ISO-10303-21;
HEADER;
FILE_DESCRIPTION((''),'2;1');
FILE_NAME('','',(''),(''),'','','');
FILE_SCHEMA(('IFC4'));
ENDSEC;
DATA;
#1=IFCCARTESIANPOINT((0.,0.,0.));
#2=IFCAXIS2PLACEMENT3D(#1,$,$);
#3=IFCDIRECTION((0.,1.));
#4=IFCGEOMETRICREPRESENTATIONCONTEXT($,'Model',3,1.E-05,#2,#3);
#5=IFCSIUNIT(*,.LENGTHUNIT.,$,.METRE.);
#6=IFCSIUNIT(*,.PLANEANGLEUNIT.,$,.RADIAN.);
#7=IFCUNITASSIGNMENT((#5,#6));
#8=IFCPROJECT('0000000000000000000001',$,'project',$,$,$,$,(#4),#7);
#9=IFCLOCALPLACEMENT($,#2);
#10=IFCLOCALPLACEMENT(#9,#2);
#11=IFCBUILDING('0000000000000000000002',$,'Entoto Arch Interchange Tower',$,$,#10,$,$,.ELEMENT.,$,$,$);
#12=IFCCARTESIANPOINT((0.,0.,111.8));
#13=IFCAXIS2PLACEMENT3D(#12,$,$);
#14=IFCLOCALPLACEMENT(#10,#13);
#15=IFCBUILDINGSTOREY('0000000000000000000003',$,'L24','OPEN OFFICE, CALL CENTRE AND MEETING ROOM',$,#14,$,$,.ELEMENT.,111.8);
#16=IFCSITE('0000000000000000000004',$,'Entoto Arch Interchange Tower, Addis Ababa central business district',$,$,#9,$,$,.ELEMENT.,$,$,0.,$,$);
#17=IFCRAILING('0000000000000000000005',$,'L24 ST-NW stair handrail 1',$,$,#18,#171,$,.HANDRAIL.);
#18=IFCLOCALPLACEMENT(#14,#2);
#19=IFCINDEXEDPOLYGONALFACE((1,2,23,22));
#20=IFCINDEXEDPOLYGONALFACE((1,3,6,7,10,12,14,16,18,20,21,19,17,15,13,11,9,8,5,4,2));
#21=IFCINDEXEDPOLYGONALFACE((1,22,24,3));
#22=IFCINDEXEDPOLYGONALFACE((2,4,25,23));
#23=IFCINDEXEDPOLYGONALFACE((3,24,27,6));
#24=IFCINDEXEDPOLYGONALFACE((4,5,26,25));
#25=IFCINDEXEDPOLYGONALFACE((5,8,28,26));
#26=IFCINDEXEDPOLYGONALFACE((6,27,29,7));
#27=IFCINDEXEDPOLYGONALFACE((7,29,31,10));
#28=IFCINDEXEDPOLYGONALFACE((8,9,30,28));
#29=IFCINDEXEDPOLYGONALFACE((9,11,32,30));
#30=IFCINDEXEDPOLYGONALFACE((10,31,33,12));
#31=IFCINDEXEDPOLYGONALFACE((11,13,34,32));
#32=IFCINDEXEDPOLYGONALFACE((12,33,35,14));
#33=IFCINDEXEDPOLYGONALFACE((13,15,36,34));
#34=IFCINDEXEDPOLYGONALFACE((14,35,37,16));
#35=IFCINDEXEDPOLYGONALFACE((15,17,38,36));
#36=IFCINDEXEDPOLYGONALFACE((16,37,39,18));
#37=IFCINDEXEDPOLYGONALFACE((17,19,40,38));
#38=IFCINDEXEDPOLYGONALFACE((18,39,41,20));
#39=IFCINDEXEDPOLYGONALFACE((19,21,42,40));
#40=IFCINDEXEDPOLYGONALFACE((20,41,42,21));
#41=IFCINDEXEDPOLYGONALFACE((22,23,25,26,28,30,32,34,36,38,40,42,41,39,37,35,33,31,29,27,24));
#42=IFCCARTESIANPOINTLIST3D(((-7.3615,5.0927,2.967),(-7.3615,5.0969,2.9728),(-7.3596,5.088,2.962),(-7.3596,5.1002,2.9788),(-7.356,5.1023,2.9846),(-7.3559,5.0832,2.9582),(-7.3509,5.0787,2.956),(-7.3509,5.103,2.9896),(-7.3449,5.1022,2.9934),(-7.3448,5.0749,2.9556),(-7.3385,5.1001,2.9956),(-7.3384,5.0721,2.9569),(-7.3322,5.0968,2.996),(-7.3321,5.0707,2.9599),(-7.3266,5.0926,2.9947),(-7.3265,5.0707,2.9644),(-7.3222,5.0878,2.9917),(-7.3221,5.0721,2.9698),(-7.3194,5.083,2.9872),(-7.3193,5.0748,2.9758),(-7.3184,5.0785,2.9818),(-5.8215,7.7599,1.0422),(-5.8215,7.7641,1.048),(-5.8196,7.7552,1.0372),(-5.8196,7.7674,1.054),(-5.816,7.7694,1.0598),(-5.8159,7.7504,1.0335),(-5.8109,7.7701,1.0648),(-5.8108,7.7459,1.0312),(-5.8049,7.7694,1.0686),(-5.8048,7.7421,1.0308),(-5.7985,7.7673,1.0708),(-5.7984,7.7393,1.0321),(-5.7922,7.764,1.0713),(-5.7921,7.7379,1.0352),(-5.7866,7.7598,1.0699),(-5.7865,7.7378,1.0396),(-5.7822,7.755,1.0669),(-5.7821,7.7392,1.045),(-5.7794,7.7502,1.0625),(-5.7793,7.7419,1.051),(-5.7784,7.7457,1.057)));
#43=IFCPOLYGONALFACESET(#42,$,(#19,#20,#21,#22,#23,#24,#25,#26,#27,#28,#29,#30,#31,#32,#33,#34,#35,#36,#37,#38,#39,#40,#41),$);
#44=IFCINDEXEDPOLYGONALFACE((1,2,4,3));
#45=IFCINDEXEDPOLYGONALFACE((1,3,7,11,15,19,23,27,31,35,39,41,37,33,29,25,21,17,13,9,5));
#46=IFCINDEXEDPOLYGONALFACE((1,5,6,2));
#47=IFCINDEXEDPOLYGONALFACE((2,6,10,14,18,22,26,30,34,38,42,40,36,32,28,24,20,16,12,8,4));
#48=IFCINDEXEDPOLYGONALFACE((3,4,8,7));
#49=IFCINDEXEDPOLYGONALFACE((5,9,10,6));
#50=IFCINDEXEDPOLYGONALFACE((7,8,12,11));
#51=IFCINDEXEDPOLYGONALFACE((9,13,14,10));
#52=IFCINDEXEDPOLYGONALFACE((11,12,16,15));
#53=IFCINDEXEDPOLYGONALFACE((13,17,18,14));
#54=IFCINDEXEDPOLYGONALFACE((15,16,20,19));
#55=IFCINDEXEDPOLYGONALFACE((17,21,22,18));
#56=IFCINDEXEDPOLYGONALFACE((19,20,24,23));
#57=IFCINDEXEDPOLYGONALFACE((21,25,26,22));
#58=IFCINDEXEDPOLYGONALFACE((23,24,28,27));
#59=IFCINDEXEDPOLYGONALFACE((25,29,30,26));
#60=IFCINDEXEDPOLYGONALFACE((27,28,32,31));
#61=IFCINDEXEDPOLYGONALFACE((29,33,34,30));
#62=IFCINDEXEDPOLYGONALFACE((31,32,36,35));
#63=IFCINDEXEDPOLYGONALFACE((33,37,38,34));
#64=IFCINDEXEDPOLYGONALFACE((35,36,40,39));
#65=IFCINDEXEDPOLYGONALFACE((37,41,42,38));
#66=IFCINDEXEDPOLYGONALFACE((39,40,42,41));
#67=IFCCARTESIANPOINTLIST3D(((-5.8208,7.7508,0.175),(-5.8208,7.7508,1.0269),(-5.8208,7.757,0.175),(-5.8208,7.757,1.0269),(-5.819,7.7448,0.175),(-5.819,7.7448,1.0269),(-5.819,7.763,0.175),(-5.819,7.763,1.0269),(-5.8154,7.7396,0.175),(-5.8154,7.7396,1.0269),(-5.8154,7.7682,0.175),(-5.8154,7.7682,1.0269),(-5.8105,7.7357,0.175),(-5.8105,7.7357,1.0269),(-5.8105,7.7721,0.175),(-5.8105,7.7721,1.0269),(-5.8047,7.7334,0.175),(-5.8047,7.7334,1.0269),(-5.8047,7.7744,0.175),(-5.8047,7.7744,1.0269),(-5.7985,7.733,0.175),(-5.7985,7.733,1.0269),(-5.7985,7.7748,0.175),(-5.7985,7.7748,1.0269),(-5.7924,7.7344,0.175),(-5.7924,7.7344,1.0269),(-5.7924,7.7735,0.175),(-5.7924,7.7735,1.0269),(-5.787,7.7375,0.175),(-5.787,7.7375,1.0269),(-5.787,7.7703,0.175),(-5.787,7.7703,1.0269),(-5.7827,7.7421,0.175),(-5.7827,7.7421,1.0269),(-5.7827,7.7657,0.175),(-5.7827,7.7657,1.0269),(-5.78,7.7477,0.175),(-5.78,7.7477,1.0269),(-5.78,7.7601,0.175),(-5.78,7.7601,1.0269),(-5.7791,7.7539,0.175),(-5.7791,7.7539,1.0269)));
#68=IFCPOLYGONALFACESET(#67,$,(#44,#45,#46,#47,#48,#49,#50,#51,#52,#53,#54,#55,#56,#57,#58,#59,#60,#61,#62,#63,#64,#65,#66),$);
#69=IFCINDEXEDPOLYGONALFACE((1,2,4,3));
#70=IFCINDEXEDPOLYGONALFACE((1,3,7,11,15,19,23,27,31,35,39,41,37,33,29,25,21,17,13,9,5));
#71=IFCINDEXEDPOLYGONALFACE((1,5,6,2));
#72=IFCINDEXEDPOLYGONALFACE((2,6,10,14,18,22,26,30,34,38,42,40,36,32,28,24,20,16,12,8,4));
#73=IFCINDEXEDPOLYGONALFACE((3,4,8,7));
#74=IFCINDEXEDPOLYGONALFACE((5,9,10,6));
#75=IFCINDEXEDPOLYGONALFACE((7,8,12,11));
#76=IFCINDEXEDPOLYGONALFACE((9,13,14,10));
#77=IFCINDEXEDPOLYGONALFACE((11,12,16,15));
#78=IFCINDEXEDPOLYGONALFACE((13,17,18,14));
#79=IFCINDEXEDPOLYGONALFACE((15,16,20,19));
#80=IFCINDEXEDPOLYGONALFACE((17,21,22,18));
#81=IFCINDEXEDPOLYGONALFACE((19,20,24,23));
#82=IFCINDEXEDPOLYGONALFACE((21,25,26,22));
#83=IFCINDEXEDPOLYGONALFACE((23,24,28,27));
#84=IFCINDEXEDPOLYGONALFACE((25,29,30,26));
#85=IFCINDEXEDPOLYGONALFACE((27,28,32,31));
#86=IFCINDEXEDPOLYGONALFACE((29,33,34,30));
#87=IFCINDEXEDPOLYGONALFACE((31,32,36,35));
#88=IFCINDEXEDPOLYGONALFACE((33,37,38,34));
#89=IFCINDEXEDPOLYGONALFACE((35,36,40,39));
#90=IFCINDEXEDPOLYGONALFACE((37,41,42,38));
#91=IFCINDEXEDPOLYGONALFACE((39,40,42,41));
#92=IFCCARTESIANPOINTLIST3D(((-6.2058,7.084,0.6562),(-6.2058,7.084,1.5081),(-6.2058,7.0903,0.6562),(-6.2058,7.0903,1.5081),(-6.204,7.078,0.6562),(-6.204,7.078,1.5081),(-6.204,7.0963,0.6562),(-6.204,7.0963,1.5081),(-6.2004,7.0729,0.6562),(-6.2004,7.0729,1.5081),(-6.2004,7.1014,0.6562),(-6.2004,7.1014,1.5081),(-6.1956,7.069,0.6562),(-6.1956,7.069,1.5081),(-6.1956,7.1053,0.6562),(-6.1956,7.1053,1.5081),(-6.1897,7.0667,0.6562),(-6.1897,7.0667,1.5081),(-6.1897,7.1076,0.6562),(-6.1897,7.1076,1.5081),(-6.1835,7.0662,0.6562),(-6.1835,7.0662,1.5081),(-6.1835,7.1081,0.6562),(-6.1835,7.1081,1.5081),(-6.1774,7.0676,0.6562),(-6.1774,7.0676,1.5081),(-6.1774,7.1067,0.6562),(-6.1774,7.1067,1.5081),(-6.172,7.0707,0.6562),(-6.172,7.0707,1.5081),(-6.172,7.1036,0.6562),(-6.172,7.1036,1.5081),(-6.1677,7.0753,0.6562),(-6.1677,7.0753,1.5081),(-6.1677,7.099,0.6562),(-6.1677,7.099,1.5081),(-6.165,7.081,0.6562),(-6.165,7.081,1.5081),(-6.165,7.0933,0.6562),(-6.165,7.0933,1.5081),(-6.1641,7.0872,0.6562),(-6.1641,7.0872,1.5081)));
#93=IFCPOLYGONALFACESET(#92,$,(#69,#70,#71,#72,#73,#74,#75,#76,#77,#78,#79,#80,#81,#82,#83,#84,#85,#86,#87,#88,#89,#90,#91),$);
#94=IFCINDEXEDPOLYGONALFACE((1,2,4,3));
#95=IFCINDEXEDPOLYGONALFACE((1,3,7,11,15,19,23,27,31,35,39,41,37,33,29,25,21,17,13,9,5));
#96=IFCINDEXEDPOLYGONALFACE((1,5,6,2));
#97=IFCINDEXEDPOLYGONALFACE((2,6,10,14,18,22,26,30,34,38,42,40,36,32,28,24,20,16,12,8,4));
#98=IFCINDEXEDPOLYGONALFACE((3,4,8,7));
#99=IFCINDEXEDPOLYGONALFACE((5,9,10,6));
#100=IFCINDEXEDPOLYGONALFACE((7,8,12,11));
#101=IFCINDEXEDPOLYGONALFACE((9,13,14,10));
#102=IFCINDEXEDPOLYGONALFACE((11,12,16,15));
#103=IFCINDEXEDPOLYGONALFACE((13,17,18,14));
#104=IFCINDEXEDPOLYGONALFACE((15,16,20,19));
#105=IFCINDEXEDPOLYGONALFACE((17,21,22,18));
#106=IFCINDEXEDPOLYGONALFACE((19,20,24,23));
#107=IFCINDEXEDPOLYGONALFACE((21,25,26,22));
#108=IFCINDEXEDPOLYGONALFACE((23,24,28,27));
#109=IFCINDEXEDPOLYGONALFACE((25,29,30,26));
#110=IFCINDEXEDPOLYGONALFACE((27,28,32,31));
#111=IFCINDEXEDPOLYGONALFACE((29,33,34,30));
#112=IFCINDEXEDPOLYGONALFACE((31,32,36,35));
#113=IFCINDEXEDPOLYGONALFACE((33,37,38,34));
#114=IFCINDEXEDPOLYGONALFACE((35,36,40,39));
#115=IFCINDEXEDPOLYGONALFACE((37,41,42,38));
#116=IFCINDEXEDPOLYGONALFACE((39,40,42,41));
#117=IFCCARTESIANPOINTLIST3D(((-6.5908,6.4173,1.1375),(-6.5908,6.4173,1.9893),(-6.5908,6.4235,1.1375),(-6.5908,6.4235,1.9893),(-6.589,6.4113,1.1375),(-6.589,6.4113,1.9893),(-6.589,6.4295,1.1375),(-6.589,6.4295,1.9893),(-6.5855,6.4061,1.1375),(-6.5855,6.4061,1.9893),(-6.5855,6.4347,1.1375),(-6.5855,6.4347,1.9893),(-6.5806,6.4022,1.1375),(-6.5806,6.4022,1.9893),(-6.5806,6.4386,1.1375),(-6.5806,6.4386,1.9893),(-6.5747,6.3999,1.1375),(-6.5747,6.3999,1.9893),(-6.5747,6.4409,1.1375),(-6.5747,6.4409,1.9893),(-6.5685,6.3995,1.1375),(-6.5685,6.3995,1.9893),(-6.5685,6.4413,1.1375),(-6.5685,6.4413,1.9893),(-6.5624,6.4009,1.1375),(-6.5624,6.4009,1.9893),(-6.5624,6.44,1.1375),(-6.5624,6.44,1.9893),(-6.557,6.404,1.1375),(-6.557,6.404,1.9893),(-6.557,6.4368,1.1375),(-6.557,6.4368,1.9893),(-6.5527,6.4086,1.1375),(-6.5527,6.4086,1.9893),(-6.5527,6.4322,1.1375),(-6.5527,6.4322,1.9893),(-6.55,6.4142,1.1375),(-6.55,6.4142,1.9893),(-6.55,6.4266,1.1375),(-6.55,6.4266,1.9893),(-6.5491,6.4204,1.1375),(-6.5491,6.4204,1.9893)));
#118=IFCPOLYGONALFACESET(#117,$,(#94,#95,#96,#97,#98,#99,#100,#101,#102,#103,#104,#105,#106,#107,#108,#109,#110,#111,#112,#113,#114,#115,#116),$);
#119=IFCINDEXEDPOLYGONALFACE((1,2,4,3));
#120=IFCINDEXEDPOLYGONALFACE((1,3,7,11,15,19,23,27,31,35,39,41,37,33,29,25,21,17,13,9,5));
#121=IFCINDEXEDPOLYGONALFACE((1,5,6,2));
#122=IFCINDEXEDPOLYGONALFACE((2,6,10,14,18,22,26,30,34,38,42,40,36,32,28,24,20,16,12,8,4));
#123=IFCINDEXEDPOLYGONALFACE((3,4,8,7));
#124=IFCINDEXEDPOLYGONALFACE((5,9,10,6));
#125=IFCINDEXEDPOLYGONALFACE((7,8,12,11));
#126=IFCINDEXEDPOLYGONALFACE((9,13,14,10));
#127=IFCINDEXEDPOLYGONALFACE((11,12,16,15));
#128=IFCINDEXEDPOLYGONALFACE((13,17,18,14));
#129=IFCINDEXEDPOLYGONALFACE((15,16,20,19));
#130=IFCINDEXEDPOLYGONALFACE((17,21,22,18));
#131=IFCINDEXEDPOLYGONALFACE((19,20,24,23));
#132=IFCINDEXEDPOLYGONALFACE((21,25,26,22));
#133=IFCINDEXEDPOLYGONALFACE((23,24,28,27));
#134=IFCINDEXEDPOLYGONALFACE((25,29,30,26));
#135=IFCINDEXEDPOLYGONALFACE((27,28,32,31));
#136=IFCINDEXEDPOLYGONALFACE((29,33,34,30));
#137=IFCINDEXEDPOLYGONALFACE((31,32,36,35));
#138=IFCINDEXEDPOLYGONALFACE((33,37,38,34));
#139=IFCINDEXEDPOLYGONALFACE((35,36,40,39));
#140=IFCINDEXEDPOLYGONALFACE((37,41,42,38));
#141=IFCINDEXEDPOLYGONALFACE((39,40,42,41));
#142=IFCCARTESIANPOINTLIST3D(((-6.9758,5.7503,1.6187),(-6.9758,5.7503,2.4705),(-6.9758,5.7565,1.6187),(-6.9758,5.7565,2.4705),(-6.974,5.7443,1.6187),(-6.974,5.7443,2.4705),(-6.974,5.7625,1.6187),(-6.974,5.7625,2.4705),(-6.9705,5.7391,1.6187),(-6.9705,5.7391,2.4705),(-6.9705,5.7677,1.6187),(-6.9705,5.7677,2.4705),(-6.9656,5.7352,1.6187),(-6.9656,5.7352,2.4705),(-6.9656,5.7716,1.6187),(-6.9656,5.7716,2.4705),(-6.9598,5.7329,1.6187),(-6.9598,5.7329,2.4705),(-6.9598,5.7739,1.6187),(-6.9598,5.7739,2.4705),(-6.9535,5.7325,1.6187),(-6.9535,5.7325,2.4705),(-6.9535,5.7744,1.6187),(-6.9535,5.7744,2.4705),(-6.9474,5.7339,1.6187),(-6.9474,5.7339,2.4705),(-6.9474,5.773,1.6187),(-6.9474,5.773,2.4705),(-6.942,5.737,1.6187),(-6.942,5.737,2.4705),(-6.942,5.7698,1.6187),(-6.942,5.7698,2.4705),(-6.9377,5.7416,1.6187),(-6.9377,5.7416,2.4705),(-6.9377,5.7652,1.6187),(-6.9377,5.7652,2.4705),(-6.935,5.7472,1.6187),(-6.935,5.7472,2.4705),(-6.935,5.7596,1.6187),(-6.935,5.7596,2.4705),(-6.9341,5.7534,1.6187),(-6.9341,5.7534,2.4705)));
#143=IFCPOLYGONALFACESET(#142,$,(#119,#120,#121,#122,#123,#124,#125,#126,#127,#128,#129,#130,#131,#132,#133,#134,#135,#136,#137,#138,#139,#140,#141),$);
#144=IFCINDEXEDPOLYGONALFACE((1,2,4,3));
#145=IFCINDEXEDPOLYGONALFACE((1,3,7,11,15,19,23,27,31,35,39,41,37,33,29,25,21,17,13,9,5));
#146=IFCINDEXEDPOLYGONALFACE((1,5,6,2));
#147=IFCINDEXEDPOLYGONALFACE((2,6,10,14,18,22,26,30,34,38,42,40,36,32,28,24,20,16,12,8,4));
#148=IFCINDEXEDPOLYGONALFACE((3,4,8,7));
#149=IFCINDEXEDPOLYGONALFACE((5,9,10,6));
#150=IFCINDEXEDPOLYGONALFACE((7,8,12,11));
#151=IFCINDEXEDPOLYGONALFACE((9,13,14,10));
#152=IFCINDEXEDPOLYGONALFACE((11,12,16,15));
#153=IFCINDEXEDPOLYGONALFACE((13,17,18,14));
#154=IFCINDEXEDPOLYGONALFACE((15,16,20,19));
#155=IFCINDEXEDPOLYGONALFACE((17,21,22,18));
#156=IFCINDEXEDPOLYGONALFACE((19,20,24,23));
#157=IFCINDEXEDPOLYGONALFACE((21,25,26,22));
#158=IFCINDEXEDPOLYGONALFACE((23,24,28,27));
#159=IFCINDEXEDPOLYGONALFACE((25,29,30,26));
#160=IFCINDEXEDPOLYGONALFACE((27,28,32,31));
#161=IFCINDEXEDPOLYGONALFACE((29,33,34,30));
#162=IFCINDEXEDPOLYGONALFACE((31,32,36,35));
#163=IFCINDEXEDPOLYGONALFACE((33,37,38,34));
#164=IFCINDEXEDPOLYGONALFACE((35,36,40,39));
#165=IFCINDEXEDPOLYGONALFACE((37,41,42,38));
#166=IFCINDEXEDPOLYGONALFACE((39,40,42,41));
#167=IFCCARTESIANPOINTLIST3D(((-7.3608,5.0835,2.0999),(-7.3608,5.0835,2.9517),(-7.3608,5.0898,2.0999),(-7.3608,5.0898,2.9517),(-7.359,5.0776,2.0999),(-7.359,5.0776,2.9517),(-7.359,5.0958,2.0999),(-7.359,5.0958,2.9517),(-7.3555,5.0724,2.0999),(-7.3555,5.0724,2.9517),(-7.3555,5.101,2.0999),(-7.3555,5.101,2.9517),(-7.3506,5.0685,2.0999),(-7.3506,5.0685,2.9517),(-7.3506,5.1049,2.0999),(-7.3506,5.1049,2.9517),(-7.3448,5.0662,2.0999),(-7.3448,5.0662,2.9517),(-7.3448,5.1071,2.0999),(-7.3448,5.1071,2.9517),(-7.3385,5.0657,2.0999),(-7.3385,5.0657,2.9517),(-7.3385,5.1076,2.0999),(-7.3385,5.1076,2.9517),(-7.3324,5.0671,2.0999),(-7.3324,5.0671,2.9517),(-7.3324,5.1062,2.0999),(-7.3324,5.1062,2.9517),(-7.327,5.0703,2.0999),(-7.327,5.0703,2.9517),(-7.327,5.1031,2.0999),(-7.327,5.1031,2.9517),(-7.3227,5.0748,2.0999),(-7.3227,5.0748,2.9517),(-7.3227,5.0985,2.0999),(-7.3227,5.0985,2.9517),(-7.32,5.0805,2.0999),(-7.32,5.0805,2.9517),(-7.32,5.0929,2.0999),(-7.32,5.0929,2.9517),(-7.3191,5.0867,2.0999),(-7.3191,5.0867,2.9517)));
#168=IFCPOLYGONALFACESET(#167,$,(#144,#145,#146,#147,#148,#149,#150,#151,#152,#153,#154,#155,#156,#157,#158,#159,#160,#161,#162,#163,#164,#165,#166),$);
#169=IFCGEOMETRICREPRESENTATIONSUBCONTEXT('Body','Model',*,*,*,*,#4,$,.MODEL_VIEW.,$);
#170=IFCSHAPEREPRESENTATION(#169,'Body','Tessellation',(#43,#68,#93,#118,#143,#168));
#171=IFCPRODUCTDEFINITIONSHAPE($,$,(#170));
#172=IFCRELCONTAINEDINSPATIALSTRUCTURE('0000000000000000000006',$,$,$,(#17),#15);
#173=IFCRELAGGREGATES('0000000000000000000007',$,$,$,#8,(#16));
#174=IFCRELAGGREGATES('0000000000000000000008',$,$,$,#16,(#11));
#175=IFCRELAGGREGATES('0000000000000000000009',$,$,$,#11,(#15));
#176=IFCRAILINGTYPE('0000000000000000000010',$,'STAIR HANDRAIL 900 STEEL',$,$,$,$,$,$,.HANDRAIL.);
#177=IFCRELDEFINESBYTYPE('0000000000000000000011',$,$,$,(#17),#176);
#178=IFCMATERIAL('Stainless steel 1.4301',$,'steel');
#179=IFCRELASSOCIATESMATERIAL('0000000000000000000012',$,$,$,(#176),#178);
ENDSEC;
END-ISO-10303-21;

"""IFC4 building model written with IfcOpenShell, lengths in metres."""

from ifc_helpers import new_model, si_unit, direction, frame, origin, origin_2d, place, context, subcontext, project, spatial, circle, extrude, material, type_object, element, save


model = new_model("IFC4")

# Units and contexts
model_context = context("Model", 3, precision=1e-05, world=origin(), true_north=direction((0.0, 1.0)))
body_context = subcontext(model_context, "Body", "Model", "MODEL_VIEW")
ifc_project = project(units=[si_unit("LENGTHUNIT", "METRE"), si_unit("PLANEANGLEUNIT", "RADIAN")], contexts=[model_context])

# Site, building, storey
site_placement = place(None, origin())
site = spatial("IfcSite", under=ifc_project, at=site_placement, Name="Entoto Arch Interchange Tower, Addis Ababa central business district", CompositionType="ELEMENT", RefElevation=0.0)
building_placement = place(site_placement, origin())
building = spatial("IfcBuilding", under=site, at=building_placement, Name="Entoto Arch Interchange Tower", CompositionType="ELEMENT")
storey_placement = place(building_placement, frame((0.0, 0.0, 111.8)))
storey = spatial("IfcBuildingStorey", under=building, at=storey_placement, Name="L24", Description="OPEN OFFICE, CALL CENTRE AND MEETING ROOM", CompositionType="ELEMENT", Elevation=111.8)

# Railing
ifc_material_1 = material(Name="Stainless steel 1.4301", Category="steel")
railing_type = type_object("IfcRailingType", Name="STAIR HANDRAIL 900 STEEL", PredefinedType="HANDRAIL", material=ifc_material_1)
railing_placement = place(storey_placement, frame((-5.8, 7.7539, 0.175)))
element("IfcRailing", 1, at=railing_placement, inside=storey, type_object=railing_type, Name="L24 ST-NW stair handrail 1", PredefinedType="HANDRAIL", context=body_context, shape_type="SweptSolid", body=[
    extrude(circle(Radius=0.0239, at=origin_2d()), frame((0.0, 0.0, 0.876), z_axis=(-0.424031, -0.73439, 0.529971), x_axis=(0.86601, -0.500027, 0.0)), (0.0, 0.0, 1.0), 3.6318),
    extrude(circle(Radius=0.021, at=origin_2d()), origin(), (0.0, 0.0, 1.0), 0.8518),
    extrude(circle(Radius=0.021, at=origin_2d()), frame((-0.385, -0.6667, 0.4812)), (0.0, 0.0, 1.0), 0.8518),
    extrude(circle(Radius=0.021, at=origin_2d()), frame((-0.77, -1.3335, 0.9624)), (0.0, 0.0, 1.0), 0.8518),
    extrude(circle(Radius=0.021, at=origin_2d()), frame((-1.155, -2.0005, 1.4436)), (0.0, 0.0, 1.0), 0.8518),
    extrude(circle(Radius=0.021, at=origin_2d()), frame((-1.54, -2.6672, 1.9248)), (0.0, 0.0, 1.0), 0.8518),
])

save(model, "model.ifc")
